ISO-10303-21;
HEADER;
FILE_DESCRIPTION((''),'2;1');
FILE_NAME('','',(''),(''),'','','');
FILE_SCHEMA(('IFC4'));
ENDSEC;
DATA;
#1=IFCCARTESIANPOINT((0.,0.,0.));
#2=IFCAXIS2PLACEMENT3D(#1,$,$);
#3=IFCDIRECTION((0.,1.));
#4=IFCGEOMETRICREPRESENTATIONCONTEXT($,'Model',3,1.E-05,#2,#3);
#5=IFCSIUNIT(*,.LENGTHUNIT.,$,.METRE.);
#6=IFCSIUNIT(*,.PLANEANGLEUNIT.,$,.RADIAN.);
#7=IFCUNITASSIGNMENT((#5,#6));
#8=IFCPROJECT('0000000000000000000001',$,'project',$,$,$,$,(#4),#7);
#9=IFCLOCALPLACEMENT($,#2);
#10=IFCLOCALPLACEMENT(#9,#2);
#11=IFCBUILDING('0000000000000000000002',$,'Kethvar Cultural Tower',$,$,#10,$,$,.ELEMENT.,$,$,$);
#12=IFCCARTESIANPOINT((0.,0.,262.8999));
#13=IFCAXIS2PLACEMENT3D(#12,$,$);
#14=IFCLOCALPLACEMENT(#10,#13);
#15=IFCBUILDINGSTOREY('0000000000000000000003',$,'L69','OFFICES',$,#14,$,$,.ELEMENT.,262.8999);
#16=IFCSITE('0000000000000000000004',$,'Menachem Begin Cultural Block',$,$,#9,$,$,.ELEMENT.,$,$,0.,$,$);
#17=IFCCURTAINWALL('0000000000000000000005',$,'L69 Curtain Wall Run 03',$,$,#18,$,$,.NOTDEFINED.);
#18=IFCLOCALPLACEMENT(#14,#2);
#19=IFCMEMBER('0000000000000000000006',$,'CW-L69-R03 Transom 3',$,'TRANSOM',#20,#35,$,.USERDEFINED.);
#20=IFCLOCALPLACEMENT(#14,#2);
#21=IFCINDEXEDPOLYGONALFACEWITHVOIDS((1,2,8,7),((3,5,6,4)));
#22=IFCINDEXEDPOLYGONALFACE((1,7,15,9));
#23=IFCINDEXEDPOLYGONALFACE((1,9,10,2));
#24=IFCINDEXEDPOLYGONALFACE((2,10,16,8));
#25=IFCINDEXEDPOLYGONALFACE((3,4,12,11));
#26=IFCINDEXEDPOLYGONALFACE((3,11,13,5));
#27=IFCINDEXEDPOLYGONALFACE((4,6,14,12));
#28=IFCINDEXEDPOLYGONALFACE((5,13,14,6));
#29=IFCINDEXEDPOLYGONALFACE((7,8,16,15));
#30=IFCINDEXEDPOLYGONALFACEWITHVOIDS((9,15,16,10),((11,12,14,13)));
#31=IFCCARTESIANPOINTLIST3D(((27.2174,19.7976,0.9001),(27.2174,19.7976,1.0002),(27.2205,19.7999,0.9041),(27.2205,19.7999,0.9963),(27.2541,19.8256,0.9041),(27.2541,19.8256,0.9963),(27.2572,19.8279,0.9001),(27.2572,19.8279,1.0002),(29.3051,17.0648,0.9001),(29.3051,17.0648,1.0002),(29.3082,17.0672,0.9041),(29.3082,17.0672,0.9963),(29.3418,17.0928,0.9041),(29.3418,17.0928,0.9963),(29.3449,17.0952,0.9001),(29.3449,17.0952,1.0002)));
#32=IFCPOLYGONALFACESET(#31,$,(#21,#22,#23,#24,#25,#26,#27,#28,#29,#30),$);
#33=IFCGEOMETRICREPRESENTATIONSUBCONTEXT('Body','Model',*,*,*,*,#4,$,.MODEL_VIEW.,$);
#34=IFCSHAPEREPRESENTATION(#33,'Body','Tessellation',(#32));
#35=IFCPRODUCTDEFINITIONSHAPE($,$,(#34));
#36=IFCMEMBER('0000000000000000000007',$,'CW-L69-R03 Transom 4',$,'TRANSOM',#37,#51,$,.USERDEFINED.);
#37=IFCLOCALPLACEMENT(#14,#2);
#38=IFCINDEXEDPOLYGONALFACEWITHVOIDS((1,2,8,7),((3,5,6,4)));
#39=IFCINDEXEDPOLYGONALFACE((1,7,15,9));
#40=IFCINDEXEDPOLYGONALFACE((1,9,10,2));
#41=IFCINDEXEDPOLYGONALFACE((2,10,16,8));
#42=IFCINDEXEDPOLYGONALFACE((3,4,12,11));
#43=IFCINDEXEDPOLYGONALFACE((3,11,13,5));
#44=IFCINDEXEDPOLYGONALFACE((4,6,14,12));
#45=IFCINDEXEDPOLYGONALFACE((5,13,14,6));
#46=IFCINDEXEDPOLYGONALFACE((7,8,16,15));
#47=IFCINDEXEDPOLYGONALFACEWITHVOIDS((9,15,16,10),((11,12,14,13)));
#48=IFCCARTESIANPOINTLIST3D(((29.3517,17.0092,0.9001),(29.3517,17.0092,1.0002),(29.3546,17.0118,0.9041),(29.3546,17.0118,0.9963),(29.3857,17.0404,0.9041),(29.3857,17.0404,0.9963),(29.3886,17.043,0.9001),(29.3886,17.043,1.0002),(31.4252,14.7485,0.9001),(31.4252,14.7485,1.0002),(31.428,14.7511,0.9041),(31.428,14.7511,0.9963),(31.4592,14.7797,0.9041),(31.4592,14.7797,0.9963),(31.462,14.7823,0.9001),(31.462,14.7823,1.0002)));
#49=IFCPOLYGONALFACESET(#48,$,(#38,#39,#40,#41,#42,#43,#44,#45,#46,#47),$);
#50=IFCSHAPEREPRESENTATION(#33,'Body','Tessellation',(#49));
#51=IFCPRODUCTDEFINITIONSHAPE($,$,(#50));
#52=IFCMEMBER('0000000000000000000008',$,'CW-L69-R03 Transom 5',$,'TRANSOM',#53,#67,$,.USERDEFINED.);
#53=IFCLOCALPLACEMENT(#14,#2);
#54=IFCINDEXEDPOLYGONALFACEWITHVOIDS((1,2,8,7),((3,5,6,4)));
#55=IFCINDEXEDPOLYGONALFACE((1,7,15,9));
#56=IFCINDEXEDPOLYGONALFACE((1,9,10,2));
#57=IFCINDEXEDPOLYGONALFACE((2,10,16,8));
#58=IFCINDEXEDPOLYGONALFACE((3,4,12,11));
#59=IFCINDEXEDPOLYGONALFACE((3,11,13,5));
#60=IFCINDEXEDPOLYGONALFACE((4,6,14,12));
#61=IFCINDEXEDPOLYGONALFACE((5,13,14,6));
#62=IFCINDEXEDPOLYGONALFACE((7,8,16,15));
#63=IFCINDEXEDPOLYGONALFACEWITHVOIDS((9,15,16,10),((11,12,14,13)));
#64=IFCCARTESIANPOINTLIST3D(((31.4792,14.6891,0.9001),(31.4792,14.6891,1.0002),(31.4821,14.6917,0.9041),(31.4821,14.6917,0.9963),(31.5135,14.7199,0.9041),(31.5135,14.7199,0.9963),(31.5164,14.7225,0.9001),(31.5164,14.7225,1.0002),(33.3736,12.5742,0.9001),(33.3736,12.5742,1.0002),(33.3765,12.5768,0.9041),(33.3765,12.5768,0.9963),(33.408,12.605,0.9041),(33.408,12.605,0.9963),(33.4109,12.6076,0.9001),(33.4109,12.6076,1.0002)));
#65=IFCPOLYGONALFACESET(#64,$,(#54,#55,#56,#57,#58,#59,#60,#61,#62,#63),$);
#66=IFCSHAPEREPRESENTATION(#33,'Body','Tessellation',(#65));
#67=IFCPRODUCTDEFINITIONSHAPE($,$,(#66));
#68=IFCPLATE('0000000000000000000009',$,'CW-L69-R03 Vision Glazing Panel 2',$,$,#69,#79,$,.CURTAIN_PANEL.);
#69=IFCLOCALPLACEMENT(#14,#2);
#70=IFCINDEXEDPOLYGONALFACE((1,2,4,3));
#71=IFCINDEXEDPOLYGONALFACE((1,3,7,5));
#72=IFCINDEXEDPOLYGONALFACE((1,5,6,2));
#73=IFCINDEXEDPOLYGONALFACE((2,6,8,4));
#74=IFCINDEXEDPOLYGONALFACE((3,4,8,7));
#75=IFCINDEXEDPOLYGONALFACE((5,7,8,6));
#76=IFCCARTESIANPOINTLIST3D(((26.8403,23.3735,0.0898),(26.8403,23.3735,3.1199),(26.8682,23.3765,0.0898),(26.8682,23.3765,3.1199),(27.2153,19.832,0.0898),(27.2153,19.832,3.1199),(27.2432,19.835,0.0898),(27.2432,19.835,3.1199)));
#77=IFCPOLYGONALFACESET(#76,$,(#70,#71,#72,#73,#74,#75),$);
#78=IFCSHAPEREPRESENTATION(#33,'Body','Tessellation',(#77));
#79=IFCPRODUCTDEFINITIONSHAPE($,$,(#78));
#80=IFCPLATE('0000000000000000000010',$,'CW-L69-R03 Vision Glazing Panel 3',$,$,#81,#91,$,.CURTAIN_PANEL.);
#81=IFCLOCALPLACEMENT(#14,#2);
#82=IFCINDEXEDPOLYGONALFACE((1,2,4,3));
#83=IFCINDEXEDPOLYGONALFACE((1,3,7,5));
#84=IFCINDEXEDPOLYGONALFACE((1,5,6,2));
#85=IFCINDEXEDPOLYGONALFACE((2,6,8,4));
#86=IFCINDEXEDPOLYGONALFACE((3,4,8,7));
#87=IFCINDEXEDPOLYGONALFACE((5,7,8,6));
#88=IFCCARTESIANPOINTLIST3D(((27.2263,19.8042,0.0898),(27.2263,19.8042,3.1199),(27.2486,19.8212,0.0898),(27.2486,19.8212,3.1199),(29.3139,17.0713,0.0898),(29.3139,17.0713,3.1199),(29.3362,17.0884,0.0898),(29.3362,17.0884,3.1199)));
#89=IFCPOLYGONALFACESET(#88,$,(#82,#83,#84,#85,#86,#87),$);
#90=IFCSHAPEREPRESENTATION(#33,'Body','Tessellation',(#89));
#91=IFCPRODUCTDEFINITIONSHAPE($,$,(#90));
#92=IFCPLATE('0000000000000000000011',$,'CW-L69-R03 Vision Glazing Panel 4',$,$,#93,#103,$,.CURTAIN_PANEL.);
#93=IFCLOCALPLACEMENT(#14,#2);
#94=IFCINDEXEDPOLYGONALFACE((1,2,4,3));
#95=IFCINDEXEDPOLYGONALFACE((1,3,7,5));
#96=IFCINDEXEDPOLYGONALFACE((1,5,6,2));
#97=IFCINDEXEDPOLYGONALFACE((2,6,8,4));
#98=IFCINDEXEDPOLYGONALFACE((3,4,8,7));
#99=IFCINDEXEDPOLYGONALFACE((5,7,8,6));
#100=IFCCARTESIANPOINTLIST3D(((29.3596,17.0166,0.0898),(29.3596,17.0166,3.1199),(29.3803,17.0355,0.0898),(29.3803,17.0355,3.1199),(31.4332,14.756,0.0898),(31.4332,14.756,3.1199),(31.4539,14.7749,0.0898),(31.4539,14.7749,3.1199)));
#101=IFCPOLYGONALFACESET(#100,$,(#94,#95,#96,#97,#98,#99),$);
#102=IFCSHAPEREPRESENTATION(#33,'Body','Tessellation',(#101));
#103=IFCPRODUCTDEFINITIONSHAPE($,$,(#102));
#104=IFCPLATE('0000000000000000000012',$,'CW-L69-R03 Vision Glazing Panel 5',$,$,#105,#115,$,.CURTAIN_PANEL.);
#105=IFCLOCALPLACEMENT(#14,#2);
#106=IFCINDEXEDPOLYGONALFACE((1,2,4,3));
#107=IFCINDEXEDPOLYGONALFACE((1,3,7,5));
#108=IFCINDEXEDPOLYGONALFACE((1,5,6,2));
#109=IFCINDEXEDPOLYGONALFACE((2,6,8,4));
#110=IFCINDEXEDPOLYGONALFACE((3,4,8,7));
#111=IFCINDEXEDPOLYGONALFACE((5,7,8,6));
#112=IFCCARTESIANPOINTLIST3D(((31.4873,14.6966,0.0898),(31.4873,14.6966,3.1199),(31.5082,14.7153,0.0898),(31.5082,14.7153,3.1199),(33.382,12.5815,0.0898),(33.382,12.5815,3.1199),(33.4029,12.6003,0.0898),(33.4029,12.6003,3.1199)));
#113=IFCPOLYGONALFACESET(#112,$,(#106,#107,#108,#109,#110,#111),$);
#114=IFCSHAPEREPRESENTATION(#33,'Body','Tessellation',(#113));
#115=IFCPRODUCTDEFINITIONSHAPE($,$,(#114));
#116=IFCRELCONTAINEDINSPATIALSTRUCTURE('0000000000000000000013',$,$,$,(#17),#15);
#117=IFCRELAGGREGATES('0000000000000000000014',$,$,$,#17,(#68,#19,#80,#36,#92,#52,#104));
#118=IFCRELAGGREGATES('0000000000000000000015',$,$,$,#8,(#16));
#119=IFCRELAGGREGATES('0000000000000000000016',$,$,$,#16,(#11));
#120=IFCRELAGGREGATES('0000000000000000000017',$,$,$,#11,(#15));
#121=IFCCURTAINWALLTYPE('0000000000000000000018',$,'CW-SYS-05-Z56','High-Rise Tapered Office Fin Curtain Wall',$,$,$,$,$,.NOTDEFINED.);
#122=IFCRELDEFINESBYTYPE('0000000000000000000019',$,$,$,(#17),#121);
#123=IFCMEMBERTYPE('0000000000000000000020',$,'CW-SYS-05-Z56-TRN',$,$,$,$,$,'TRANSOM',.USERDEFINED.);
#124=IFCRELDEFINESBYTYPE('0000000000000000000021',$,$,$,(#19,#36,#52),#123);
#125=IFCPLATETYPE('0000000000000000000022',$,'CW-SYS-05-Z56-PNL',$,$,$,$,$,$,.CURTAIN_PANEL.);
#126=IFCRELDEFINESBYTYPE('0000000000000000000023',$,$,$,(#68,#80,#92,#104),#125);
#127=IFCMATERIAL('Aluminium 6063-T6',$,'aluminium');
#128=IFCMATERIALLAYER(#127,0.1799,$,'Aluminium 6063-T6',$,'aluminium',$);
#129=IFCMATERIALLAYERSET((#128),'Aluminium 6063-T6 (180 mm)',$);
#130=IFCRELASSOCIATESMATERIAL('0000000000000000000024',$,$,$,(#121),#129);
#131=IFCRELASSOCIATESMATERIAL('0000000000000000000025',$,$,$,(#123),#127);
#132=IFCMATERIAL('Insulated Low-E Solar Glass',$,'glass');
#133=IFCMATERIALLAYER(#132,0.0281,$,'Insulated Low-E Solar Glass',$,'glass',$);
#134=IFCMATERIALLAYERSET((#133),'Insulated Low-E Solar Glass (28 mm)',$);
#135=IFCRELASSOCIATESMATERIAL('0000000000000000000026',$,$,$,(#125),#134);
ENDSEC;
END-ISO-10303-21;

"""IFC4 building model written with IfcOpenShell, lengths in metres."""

from ifc_helpers import new_model, si_unit, direction, frame, origin, origin_2d, place, context, subcontext, project, spatial, rectangle, hollow_rectangle, extrude, source, transform, mapped, material, layer, layer_set, material_profile, profile_set, type_object, element, aggregate, save


model = new_model("IFC4")

# Units and contexts
model_context = context("Model", 3, precision=1e-05, world=origin(), true_north=direction((0.0, 1.0)))
body_context = subcontext(model_context, "Body", "Model", "MODEL_VIEW")
ifc_project = project(units=[si_unit("LENGTHUNIT", "METRE"), si_unit("PLANEANGLEUNIT", "RADIAN")], contexts=[model_context])

# Site, building, storey
site_placement = place(None, origin())
site = spatial("IfcSite", under=ifc_project, at=site_placement, Name="Menachem Begin Cultural Block", CompositionType="ELEMENT", RefElevation=0.0)
building_placement = place(site_placement, origin())
building = spatial("IfcBuilding", under=site, at=building_placement, Name="Kethvar Cultural Tower", CompositionType="ELEMENT")
storey_placement = place(building_placement, frame((0.0, 0.0, 262.8999)))
storey = spatial("IfcBuildingStorey", under=building, at=storey_placement, Name="L69", Description="OFFICES", CompositionType="ELEMENT", Elevation=262.8999)

# Curtain wall, members, plates
ifc_material_1 = material(Name="Aluminium 6063-T6", Category="aluminium")
ifc_layer_1 = layer(ifc_material_1, 0.1799, Name="Aluminium 6063-T6", Category="aluminium")
ifc_layer_set_1 = layer_set([ifc_layer_1], Name="Aluminium 6063-T6 (180 mm)")
curtain_wall_type = type_object("IfcCurtainWallType", Name="CW-SYS-05-Z56", Description="High-Rise Tapered Office Fin Curtain Wall", PredefinedType="NOTDEFINED", material=ifc_layer_set_1)
curtain_wall_placement = place(storey_placement, origin())
curtain_wall = element("IfcCurtainWall", 1, at=curtain_wall_placement, inside=storey, type_object=curtain_wall_type, Name="L69 Curtain Wall Run 03", PredefinedType="NOTDEFINED")
ifc_material_profile_1 = material_profile(ifc_material_1, hollow_rectangle(XDim=0.05, YDim=0.1001, WallThickness=0.0039, at=origin_2d()), Name="Aluminium 6063-T6 — RHS100x50x4")
ifc_profile_set_1 = profile_set([ifc_material_profile_1], Name="Aluminium 6063-T6 — RHS100x50x4")
member_type_1 = type_object("IfcMemberType", Name="CW-SYS-05-Z56-TRN", ElementType="TRANSOM", PredefinedType="USERDEFINED", material=ifc_profile_set_1)
shared_shape_1 = source(origin(), body_context, "Body", "SweptSolid", [
    extrude(hollow_rectangle(XDim=0.05, YDim=0.1001, WallThickness=0.0039, at=origin_2d()), origin(), (0.0, 0.0, 1.0), 3.439),
])
member_1_placement = place(storey_placement, frame((27.2373, 19.8127, 0.9502), z_axis=(0.607076, -0.794644, 0.0), x_axis=(0.794644, 0.607076, 0.0)))
member_1 = element("IfcMember", 2, at=member_1_placement, type_object=member_type_1, Name="CW-L69-R03 Transom 3", ObjectType="TRANSOM", PredefinedType="USERDEFINED", context=body_context, shape_type="MappedRepresentation", body=[
    mapped(shared_shape_1, transform((0.0, 0.0, 0.0), scale=1.0)),
])
shared_shape_2 = source(origin(), body_context, "Body", "SweptSolid", [
    extrude(hollow_rectangle(XDim=0.05, YDim=0.1001, WallThickness=0.0039, at=origin_2d()), origin(), (0.0, 0.0, 1.0), 3.0676),
])
member_2_placement = place(storey_placement, frame((29.3701, 17.0261, 0.9502), z_axis=(0.675926, -0.736969, 0.0), x_axis=(0.736969, 0.675926, 0.0)))
member_2 = element("IfcMember", 3, at=member_2_placement, type_object=member_type_1, Name="CW-L69-R03 Transom 4", ObjectType="TRANSOM", PredefinedType="USERDEFINED", context=body_context, shape_type="MappedRepresentation", body=[
    mapped(shared_shape_2, transform((0.0, 0.0, 0.0), scale=1.0)),
])
shared_shape_3 = source(origin(), body_context, "Body", "SweptSolid", [
    extrude(hollow_rectangle(XDim=0.05, YDim=0.1001, WallThickness=0.0039, at=origin_2d()), origin(), (0.0, 0.0, 1.0), 2.8394),
])
member_3_placement = place(storey_placement, frame((31.4978, 14.7058, 0.9502), z_axis=(0.66722, -0.744861, 0.0), x_axis=(0.744861, 0.66722, 0.0)))
member_3 = element("IfcMember", 4, at=member_3_placement, type_object=member_type_1, Name="CW-L69-R03 Transom 5", ObjectType="TRANSOM", PredefinedType="USERDEFINED", context=body_context, shape_type="MappedRepresentation", body=[
    mapped(shared_shape_3, transform((0.0, 0.0, 0.0), scale=1.0)),
])
ifc_material_2 = material(Name="Insulated Low-E Solar Glass", Category="glass")
ifc_layer_2 = layer(ifc_material_2, 0.0281, Name="Insulated Low-E Solar Glass", Category="glass")
ifc_layer_set_2 = layer_set([ifc_layer_2], Name="Insulated Low-E Solar Glass (28 mm)")
plate_type = type_object("IfcPlateType", Name="CW-SYS-05-Z56-PNL", PredefinedType="CURTAIN_PANEL", material=ifc_layer_set_2)
shared_shape_4 = source(origin(), body_context, "Body", "SweptSolid", [
    extrude(rectangle(XDim=3.5613, YDim=0.0281, at=origin_2d()), origin(), (0.0, 0.0, 1.0), 3.03),
])
plate_1_placement = place(storey_placement, frame((27.0417, 21.6042, 0.0898), z_axis=(0.0, 0.0, 1.0), x_axis=(0.105292, -0.994441, 0.0)))
plate_1 = element("IfcPlate", 5, at=plate_1_placement, type_object=plate_type, Name="CW-L69-R03 Vision Glazing Panel 2", PredefinedType="CURTAIN_PANEL", context=body_context, shape_type="MappedRepresentation", body=[
    mapped(shared_shape_4, transform((0.0, 0.0, 0.0), scale=1.0)),
])
shared_shape_5 = source(origin(), body_context, "Body", "SweptSolid", [
    extrude(rectangle(XDim=3.439, YDim=0.0281, at=origin_2d()), origin(), (0.0, 0.0, 1.0), 3.03),
])
plate_2_placement = place(storey_placement, frame((28.2812, 18.4463, 0.0898), z_axis=(0.0, 0.0, 1.0), x_axis=(0.607029, -0.79468, 0.0)))
plate_2 = element("IfcPlate", 6, at=plate_2_placement, type_object=plate_type, Name="CW-L69-R03 Vision Glazing Panel 3", PredefinedType="CURTAIN_PANEL", context=body_context, shape_type="MappedRepresentation", body=[
    mapped(shared_shape_5, transform((0.0, 0.0, 0.0), scale=1.0)),
])
shared_shape_6 = source(origin(), body_context, "Body", "SweptSolid", [
    extrude(rectangle(XDim=3.0676, YDim=0.0281, at=origin_2d()), origin(), (0.0, 0.0, 1.0), 3.03),
])
plate_3_placement = place(storey_placement, frame((30.4067, 15.8958, 0.0898), z_axis=(0.0, 0.0, 1.0), x_axis=(0.675976, -0.736923, 0.0)))
plate_3 = element("IfcPlate", 7, at=plate_3_placement, type_object=plate_type, Name="CW-L69-R03 Vision Glazing Panel 4", PredefinedType="CURTAIN_PANEL", context=body_context, shape_type="MappedRepresentation", body=[
    mapped(shared_shape_6, transform((0.0, 0.0, 0.0), scale=1.0)),
])
shared_shape_7 = source(origin(), body_context, "Body", "SweptSolid", [
    extrude(rectangle(XDim=2.8396, YDim=0.0281, at=origin_2d()), origin(), (0.0, 0.0, 1.0), 3.03),
])
plate_4_placement = place(storey_placement, frame((32.4451, 13.6484, 0.0898), z_axis=(0.0, 0.0, 1.0), x_axis=(0.667235, -0.744847, 0.0)))
plate_4 = element("IfcPlate", 8, at=plate_4_placement, type_object=plate_type, Name="CW-L69-R03 Vision Glazing Panel 5", PredefinedType="CURTAIN_PANEL", context=body_context, shape_type="MappedRepresentation", body=[
    mapped(shared_shape_7, transform((0.0, 0.0, 0.0), scale=1.0)),
])
aggregate(curtain_wall, [plate_1, member_1, plate_2, member_2, plate_3, member_3, plate_4])

save(model, "model.ifc")
